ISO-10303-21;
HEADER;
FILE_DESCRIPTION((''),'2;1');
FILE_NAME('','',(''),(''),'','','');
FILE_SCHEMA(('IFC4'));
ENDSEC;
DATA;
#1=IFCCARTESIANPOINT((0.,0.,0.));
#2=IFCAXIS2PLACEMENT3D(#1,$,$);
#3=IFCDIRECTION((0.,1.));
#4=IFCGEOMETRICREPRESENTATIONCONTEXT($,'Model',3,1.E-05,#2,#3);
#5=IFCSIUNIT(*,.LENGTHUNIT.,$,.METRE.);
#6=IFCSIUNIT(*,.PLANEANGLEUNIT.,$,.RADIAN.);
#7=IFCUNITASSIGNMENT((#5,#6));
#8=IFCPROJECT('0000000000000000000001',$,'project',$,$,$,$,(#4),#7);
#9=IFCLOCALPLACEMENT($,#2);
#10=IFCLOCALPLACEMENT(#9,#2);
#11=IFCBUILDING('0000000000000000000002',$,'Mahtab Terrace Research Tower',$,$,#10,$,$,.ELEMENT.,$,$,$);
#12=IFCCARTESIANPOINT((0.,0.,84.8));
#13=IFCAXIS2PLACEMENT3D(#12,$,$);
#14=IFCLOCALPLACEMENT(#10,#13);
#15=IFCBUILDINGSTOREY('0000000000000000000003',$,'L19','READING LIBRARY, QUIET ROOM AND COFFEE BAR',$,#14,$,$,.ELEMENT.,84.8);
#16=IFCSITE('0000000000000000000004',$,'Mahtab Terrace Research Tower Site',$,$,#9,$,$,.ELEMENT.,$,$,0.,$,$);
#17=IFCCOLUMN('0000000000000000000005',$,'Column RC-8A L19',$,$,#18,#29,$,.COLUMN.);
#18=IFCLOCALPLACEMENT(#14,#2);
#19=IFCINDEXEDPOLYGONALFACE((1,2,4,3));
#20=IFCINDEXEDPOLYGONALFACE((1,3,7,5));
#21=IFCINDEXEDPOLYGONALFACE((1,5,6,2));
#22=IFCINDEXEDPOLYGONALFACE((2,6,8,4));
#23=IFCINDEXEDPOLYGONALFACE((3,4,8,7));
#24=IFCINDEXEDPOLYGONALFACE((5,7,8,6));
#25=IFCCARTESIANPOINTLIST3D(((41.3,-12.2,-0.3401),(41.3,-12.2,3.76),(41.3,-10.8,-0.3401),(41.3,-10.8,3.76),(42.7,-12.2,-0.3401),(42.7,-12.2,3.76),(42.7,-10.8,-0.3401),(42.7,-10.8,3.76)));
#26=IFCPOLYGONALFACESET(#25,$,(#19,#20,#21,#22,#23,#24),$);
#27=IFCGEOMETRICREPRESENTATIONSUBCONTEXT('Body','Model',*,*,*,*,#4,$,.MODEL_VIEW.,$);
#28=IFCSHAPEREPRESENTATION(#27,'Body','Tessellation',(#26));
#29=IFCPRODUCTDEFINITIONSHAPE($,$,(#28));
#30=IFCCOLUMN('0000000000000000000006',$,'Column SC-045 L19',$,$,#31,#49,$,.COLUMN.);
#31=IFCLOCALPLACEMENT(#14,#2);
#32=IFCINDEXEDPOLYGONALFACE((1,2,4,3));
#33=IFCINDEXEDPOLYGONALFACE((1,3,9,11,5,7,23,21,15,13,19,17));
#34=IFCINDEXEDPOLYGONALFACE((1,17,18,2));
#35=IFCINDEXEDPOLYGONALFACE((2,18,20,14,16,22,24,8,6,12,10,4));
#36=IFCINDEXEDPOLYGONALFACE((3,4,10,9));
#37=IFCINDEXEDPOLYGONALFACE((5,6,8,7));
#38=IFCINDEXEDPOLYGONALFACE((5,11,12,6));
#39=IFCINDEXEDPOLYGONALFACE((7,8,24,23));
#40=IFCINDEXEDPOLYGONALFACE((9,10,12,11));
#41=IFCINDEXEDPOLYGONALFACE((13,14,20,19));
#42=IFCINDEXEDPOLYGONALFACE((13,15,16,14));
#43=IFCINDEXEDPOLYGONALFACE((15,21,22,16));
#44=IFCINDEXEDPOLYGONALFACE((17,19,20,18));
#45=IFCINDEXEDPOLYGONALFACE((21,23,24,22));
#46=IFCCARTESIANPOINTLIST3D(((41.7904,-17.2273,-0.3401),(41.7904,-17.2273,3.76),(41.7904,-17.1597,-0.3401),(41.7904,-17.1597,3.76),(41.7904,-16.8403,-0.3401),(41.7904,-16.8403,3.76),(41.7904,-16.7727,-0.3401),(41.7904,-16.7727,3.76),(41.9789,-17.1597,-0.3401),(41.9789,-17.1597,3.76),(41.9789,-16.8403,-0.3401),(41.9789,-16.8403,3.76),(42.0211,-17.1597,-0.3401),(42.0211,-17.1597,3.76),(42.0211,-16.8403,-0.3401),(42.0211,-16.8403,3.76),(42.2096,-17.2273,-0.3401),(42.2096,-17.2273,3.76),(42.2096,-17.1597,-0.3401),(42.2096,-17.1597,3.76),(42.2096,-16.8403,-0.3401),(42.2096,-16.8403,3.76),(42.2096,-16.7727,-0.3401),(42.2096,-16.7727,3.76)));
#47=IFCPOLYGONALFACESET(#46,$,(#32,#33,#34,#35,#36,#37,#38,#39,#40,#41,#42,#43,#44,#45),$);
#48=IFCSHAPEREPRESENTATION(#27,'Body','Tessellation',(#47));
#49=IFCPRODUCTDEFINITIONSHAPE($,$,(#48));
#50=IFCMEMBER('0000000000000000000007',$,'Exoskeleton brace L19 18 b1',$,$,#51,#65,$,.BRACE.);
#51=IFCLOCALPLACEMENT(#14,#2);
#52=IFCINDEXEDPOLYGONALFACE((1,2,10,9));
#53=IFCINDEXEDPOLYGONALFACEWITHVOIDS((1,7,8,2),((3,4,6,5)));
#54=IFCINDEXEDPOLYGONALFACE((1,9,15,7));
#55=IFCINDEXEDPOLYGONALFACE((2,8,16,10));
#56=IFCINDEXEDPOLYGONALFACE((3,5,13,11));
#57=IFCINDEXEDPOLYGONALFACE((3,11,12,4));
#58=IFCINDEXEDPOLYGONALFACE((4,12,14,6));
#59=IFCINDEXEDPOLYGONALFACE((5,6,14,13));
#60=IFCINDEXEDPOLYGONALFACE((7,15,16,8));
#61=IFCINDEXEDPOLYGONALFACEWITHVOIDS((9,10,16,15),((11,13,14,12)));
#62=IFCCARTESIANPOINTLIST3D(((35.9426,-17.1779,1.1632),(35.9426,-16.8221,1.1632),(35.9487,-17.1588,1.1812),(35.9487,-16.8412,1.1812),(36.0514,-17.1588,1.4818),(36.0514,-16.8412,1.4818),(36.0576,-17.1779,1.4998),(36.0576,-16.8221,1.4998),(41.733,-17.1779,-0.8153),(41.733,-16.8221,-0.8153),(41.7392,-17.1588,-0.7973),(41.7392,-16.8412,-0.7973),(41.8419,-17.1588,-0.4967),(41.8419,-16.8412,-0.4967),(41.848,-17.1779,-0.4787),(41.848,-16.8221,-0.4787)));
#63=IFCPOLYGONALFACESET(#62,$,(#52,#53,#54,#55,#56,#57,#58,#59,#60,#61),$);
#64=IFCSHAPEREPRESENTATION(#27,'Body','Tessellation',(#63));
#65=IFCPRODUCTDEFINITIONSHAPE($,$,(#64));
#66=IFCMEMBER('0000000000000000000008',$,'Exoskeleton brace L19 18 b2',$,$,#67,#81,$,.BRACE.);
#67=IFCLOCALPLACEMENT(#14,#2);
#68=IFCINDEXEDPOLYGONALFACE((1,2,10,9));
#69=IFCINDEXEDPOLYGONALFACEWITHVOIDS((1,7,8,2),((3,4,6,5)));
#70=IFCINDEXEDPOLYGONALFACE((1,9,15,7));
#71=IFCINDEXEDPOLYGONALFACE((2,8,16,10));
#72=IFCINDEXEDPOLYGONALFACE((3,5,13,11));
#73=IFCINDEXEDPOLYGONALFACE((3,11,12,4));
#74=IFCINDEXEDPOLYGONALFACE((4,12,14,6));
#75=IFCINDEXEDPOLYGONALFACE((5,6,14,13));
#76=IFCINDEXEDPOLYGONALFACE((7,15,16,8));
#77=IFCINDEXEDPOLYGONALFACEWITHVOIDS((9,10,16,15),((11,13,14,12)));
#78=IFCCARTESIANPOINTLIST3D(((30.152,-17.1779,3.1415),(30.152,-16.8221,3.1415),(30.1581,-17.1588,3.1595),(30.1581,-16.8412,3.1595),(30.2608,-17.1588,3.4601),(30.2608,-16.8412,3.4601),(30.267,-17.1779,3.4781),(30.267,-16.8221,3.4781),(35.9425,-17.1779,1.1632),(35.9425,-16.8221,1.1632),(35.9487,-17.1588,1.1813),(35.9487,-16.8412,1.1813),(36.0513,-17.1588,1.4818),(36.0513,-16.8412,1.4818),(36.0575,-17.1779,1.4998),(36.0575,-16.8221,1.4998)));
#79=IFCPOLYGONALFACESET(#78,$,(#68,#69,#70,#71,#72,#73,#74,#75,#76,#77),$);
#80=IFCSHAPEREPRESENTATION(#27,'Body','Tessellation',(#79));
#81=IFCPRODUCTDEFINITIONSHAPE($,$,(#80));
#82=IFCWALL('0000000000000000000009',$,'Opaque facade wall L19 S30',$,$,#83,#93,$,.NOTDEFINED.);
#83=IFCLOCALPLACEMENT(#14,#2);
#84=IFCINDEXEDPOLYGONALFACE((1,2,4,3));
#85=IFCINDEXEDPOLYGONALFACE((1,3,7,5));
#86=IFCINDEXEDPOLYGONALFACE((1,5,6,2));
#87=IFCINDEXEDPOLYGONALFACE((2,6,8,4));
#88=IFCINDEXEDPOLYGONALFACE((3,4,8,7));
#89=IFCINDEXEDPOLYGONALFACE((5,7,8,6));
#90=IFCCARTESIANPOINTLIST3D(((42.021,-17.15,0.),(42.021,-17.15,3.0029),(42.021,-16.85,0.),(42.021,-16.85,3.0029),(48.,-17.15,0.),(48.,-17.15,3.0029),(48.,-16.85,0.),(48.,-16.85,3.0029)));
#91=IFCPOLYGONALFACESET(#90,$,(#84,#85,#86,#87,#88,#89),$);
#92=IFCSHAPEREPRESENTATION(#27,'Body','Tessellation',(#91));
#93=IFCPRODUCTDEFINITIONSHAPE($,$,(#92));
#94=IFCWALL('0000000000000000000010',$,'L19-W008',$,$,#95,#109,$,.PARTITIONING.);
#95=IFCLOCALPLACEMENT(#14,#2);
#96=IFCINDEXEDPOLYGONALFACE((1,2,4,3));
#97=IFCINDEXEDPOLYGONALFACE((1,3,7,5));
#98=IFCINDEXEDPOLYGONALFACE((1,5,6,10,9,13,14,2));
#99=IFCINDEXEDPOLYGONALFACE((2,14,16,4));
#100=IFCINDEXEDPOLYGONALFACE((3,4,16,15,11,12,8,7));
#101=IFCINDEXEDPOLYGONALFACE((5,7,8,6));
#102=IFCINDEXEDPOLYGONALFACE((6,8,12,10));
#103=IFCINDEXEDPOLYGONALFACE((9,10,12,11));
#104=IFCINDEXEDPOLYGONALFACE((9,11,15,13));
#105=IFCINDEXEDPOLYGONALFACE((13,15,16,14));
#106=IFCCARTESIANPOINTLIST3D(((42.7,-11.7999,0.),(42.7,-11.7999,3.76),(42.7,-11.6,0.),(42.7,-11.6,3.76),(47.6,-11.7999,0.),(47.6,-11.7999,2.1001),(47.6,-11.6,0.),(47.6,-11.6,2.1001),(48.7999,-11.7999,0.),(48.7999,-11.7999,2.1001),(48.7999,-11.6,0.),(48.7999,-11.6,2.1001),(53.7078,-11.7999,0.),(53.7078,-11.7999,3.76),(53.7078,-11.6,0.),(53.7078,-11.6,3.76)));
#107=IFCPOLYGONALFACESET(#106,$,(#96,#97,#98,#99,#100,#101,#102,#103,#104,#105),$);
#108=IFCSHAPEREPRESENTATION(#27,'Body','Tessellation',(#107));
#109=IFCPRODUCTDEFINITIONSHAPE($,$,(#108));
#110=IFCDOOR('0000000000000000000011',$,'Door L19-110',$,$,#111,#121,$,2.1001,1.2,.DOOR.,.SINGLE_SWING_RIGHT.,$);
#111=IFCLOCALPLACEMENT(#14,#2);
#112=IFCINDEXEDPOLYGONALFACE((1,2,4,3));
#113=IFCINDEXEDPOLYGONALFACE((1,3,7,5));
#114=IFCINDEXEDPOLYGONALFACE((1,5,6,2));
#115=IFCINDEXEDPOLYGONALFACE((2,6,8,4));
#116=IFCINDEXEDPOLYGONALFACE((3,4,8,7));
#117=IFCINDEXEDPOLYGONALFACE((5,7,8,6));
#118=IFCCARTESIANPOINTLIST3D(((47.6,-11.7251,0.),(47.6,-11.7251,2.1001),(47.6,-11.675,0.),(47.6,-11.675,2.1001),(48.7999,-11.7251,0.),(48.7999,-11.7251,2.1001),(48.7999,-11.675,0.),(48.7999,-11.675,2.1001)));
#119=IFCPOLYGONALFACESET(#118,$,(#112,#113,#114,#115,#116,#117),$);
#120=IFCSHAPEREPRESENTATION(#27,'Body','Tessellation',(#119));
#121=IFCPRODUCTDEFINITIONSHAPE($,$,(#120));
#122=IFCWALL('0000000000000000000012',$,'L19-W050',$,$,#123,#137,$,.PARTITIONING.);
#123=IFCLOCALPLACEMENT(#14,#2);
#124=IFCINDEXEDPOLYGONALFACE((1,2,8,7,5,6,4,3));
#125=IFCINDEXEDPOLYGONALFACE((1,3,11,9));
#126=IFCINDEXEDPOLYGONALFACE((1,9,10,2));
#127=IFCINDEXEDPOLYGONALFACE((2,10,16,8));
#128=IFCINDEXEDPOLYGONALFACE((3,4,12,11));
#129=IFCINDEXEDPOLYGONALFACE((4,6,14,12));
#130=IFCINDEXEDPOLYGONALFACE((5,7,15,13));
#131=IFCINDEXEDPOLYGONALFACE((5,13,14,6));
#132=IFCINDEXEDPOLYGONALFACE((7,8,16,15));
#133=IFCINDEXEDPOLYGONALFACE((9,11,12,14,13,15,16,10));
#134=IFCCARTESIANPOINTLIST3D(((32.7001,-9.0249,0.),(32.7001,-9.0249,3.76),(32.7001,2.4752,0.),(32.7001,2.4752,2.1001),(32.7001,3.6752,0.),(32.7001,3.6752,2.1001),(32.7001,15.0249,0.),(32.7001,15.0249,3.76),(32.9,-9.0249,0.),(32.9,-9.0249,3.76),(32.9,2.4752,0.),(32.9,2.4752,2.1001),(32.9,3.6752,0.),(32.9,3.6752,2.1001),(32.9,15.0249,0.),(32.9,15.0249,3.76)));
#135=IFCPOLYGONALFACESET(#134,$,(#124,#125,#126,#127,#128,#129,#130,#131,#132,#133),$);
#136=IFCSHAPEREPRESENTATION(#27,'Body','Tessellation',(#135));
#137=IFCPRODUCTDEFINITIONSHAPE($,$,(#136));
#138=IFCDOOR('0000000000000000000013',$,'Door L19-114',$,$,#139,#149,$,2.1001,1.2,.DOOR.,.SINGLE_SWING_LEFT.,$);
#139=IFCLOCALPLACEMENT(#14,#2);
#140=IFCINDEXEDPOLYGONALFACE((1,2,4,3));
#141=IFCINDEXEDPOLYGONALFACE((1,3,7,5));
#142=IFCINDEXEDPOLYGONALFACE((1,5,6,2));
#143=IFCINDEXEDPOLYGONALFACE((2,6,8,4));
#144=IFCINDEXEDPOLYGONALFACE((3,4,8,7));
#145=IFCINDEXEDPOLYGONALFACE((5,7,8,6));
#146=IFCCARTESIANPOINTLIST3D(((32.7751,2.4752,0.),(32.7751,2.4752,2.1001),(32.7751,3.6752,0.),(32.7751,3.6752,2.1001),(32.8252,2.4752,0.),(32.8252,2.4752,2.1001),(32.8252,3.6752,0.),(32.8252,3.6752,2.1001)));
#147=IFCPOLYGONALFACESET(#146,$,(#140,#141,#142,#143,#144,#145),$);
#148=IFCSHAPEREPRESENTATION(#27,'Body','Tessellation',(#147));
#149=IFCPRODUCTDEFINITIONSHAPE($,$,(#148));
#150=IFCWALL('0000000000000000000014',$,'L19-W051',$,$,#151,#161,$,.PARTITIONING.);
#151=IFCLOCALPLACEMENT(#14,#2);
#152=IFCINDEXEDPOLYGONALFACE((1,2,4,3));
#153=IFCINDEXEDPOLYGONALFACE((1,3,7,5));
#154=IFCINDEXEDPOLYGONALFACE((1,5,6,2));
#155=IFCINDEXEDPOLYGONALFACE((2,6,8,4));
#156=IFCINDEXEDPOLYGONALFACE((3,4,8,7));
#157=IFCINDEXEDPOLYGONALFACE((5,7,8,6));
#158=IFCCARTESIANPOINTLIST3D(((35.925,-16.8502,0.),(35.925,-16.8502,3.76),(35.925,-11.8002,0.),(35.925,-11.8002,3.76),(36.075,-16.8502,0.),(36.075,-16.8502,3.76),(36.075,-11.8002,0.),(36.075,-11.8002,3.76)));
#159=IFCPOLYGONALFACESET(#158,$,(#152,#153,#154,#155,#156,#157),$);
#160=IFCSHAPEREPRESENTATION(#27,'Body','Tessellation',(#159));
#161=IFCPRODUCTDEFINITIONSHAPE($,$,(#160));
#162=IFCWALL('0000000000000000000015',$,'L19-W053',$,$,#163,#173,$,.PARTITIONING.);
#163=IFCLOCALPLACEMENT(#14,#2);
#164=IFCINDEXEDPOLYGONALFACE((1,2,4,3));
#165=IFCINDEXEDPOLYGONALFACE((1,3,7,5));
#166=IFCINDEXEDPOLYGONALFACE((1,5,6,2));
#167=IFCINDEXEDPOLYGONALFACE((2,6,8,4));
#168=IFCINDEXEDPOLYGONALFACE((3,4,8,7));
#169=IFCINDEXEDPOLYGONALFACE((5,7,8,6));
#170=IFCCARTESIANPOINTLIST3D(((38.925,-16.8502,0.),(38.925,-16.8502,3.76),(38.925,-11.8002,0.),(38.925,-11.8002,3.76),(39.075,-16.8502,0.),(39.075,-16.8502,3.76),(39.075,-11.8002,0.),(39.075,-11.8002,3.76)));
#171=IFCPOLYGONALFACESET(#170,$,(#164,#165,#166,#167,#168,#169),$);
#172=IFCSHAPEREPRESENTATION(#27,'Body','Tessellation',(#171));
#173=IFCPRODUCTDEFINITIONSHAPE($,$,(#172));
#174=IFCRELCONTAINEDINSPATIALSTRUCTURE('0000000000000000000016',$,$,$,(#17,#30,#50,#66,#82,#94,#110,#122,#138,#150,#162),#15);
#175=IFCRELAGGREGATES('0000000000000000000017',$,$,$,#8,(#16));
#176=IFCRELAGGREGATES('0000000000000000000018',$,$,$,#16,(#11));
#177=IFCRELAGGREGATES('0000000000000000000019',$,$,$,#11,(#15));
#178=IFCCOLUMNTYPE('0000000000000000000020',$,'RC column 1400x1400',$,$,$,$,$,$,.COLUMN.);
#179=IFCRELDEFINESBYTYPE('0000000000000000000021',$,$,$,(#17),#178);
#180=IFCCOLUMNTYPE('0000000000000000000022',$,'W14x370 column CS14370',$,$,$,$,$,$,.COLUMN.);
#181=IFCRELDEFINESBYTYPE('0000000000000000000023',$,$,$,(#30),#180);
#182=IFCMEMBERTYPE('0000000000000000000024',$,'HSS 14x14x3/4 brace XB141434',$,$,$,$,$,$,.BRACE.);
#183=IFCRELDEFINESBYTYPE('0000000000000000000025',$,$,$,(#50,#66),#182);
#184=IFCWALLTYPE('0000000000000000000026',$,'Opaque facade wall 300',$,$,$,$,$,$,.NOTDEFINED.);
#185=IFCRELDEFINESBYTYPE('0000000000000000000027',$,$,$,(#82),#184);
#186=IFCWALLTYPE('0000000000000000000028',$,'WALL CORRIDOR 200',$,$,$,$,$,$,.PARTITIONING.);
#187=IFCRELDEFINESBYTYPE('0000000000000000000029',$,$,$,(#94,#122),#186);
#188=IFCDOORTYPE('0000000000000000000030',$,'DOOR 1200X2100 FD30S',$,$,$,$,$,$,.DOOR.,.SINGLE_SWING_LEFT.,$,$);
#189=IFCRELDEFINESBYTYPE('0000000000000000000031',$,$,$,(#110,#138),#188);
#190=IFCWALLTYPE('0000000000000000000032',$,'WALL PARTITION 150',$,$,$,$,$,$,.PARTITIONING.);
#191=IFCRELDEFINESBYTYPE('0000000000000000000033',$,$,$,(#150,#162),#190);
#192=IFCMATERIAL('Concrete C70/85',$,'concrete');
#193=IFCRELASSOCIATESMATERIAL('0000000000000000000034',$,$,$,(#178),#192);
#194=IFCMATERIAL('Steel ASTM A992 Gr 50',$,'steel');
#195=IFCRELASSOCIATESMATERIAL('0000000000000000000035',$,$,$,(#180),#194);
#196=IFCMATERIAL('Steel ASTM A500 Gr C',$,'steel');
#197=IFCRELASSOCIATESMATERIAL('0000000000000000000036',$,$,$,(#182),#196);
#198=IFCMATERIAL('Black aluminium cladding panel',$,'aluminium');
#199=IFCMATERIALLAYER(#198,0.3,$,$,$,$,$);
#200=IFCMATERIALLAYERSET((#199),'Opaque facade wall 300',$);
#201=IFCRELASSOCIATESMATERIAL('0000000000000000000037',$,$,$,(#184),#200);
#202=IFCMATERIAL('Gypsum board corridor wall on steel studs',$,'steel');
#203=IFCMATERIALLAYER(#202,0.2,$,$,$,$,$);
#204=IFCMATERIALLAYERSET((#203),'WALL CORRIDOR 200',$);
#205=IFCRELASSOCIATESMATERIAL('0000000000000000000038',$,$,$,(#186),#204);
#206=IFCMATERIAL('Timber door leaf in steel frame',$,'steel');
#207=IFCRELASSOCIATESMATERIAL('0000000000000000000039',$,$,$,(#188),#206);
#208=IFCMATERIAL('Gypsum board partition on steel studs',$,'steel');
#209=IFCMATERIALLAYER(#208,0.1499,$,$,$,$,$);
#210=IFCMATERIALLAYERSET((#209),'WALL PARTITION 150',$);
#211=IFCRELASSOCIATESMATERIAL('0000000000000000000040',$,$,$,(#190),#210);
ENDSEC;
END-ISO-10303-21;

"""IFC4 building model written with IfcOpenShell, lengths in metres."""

from ifc_helpers import new_model, si_unit, direction, frame, frame_2d, origin, origin_2d, place, context, subcontext, project, spatial, rectangle, hollow_rectangle, i_section, extrude, material, layer, layer_set, material_profile, profile_set, type_object, element, fill, save


model = new_model("IFC4")

# Units and contexts
model_context = context("Model", 3, precision=1e-05, world=origin(), true_north=direction((0.0, 1.0)))
body_context = subcontext(model_context, "Body", "Model", "MODEL_VIEW")
ifc_project = project(units=[si_unit("LENGTHUNIT", "METRE"), si_unit("PLANEANGLEUNIT", "RADIAN")], contexts=[model_context])

# Site, building, storey
site_placement = place(None, origin())
site = spatial("IfcSite", under=ifc_project, at=site_placement, Name="Mahtab Terrace Research Tower Site", CompositionType="ELEMENT", RefElevation=0.0)
building_placement = place(site_placement, origin())
building = spatial("IfcBuilding", under=site, at=building_placement, Name="Mahtab Terrace Research Tower", CompositionType="ELEMENT")
storey_placement = place(building_placement, frame((0.0, 0.0, 84.8)))
storey = spatial("IfcBuildingStorey", under=building, at=storey_placement, Name="L19", Description="READING LIBRARY, QUIET ROOM AND COFFEE BAR", CompositionType="ELEMENT", Elevation=84.8)

# Columns
ifc_material_1 = material(Name="Concrete C70/85", Category="concrete")
ifc_material_profile_1 = material_profile(ifc_material_1, rectangle(XDim=1.3999, YDim=1.3999, at=origin_2d()), Name="RC column 1400x1400")
ifc_profile_set_1 = profile_set([ifc_material_profile_1], Name="Concrete C70/85")
column_type_1 = type_object("IfcColumnType", Name="RC column 1400x1400", PredefinedType="COLUMN", material=ifc_profile_set_1)
column_1_placement = place(storey_placement, frame((42.0, -11.5, -0.3401), z_axis=(0.0, 0.0, 1.0), x_axis=(1.0, 0.0, 0.0)))
element("IfcColumn", 1, at=column_1_placement, inside=storey, type_object=column_type_1, Name="Column RC-8A L19", PredefinedType="COLUMN", context=body_context, shape_type="SweptSolid", body=[
    extrude(rectangle(XDim=1.3999, YDim=1.3999, at=origin_2d()), origin(), (0.0, 0.0, 1.0), 4.1001),
])
ifc_material_2 = material(Name="Steel ASTM A992 Gr 50", Category="steel")
ifc_material_profile_2 = material_profile(ifc_material_2, i_section(OverallWidth=0.4192, OverallDepth=0.4546, WebThickness=0.0422, FlangeThickness=0.0676, at=origin_2d()), Name="W14X370")
ifc_profile_set_2 = profile_set([ifc_material_profile_2], Name="Steel ASTM A992 Gr 50")
column_type_2 = type_object("IfcColumnType", Name="W14x370 column CS14370", PredefinedType="COLUMN", material=ifc_profile_set_2)
column_2_placement = place(storey_placement, frame((42.0, -17.0, -0.3401), z_axis=(0.0, 0.0, 1.0), x_axis=(1.0, 0.0, 0.0)))
element("IfcColumn", 2, at=column_2_placement, inside=storey, type_object=column_type_2, Name="Column SC-045 L19", PredefinedType="COLUMN", context=body_context, shape_type="SweptSolid", body=[
    extrude(i_section(OverallWidth=0.4192, OverallDepth=0.4546, WebThickness=0.0422, FlangeThickness=0.0676, at=origin_2d()), origin(), (0.0, 0.0, 1.0), 4.1001),
])

# Members
ifc_material_3 = material(Name="Steel ASTM A500 Gr C", Category="steel")
ifc_material_profile_3 = material_profile(ifc_material_3, hollow_rectangle(XDim=0.3557, YDim=0.3557, WallThickness=0.019, at=origin_2d()), Name="HSS14X14X3/4")
ifc_profile_set_3 = profile_set([ifc_material_profile_3], Name="Steel ASTM A500 Gr C")
member_type = type_object("IfcMemberType", Name="HSS 14x14x3/4 brace XB141434", PredefinedType="BRACE", material=ifc_profile_set_3)
for number, where, z_axis, x_axis, name in (
    (3, (41.7905, -17.0, -0.647), (-0.946287, 0.0, 0.323329), (0.0, -1.0, 0.0), "Exoskeleton brace L19 18 b1"),
    (4, (36.0, -17.0, 1.3315), (-0.946299, 0.0, 0.323293), (0.0, -1.0, 0.0), "Exoskeleton brace L19 18 b2"),
):
    element("IfcMember", number, at=place(storey_placement, frame(where, z_axis=z_axis, x_axis=x_axis)), inside=storey, type_object=member_type, Name=name, PredefinedType="BRACE", context=body_context, shape_type="SweptSolid", body=[
        extrude(hollow_rectangle(XDim=0.3557, YDim=0.3557, WallThickness=0.019, at=origin_2d()), origin(), (0.0, 0.0, 1.0), 6.1191),
    ])

# Wall
ifc_material_4 = material(Name="Black aluminium cladding panel", Category="aluminium")
ifc_layer_1 = layer(ifc_material_4, 0.3)
ifc_layer_set_1 = layer_set([ifc_layer_1], Name="Opaque facade wall 300")
wall_type_1 = type_object("IfcWallType", Name="Opaque facade wall 300", PredefinedType="NOTDEFINED", material=ifc_layer_set_1)
wall_1_placement = place(storey_placement, frame((42.021, -17.0, 0.0), z_axis=(0.0, 0.0, 1.0), x_axis=(1.0, 0.0, 0.0)))
element("IfcWall", 5, at=wall_1_placement, inside=storey, type_object=wall_type_1, Name="Opaque facade wall L19 S30", PredefinedType="NOTDEFINED", context=body_context, shape_type="SweptSolid", body=[
    extrude(rectangle(XDim=5.979, YDim=0.3, at=frame_2d((2.9895, 0.0))), origin(), (0.0, 0.0, 1.0), 3.0029),
])

# Walls, openings, doors
ifc_material_5 = material(Name="Gypsum board corridor wall on steel studs", Category="steel")
ifc_layer_2 = layer(ifc_material_5, 0.2)
ifc_layer_set_2 = layer_set([ifc_layer_2], Name="WALL CORRIDOR 200")
wall_type_2 = type_object("IfcWallType", Name="WALL CORRIDOR 200", PredefinedType="PARTITIONING", material=ifc_layer_set_2)
wall_2_placement = place(storey_placement, frame((42.7, -11.7, 0.0), z_axis=(0.0, 0.0, 1.0), x_axis=(1.0, 0.0, 0.0)))
wall_2 = element("IfcWall", 6, at=wall_2_placement, inside=storey, type_object=wall_type_2, Name="L19-W008", PredefinedType="PARTITIONING", context=body_context, shape_type="SweptSolid", body=[
    extrude(rectangle(XDim=11.0078, YDim=0.2, at=frame_2d((5.5039, 0.0))), origin(), (0.0, 0.0, 1.0), 3.76),
])
opening_1_placement = place(wall_2_placement, frame((4.8999, 0.0, 0.0)))
opening_1 = element("IfcOpeningElement", 7, at=opening_1_placement, cuts=wall_2, PredefinedType="OPENING", context=body_context, shape_type="SweptSolid", body=[
    extrude(rectangle(XDim=1.2, YDim=2.1001, at=frame_2d((0.6001, 1.05))), frame((0.0, 0.1099, 0.0), z_axis=(0.0, -1.0, 0.0), x_axis=(1.0, 0.0, 0.0)), (0.0, 0.0, 1.0), 0.22),
])
ifc_material_6 = material(Name="Timber door leaf in steel frame", Category="steel")
door_type = type_object("IfcDoorType", Name="DOOR 1200X2100 FD30S", OperationType="SINGLE_SWING_LEFT", PredefinedType="DOOR", material=ifc_material_6)
door_1_placement = place(opening_1_placement, origin())
door_1 = element("IfcDoor", 8, at=door_1_placement, inside=storey, type_object=door_type, Name="Door L19-110", OperationType="SINGLE_SWING_RIGHT", OverallHeight=2.1001, OverallWidth=1.2, PredefinedType="DOOR", context=body_context, shape_type="SweptSolid", body=[
    extrude(rectangle(XDim=1.2, YDim=2.1001, at=frame_2d((0.6001, 1.05))), frame((0.0, 0.0249, 0.0), z_axis=(0.0, -1.0, 0.0), x_axis=(1.0, 0.0, 0.0)), (0.0, 0.0, 1.0), 0.05),
])
fill(opening_1, door_1)
wall_3_placement = place(storey_placement, frame((32.8, -9.0249, 0.0), z_axis=(0.0, 0.0, 1.0), x_axis=(0.0, 1.0, 0.0)))
wall_3 = element("IfcWall", 9, at=wall_3_placement, inside=storey, type_object=wall_type_2, Name="L19-W050", PredefinedType="PARTITIONING", context=body_context, shape_type="SweptSolid", body=[
    extrude(rectangle(XDim=24.0498, YDim=0.2, at=frame_2d((12.0249, 0.0))), origin(), (0.0, 0.0, 1.0), 3.76),
])
opening_2_placement = place(wall_3_placement, frame((11.5, 0.0, 0.0)))
opening_2 = element("IfcOpeningElement", 10, at=opening_2_placement, cuts=wall_3, PredefinedType="OPENING", context=body_context, shape_type="SweptSolid", body=[
    extrude(rectangle(XDim=1.2, YDim=2.1001, at=frame_2d((0.6001, 1.05))), frame((0.0, 0.1099, 0.0), z_axis=(0.0, -1.0, 0.0), x_axis=(1.0, 0.0, 0.0)), (0.0, 0.0, 1.0), 0.22),
])
door_2_placement = place(opening_2_placement, origin())
door_2 = element("IfcDoor", 11, at=door_2_placement, inside=storey, type_object=door_type, Name="Door L19-114", OperationType="SINGLE_SWING_LEFT", OverallHeight=2.1001, OverallWidth=1.2, PredefinedType="DOOR", context=body_context, shape_type="SweptSolid", body=[
    extrude(rectangle(XDim=1.2, YDim=2.1001, at=frame_2d((0.6001, 1.05))), frame((0.0, 0.0249, 0.0), z_axis=(0.0, -1.0, 0.0), x_axis=(1.0, 0.0, 0.0)), (0.0, 0.0, 1.0), 0.05),
])
fill(opening_2, door_2)

# Walls
ifc_material_7 = material(Name="Gypsum board partition on steel studs", Category="steel")
ifc_layer_3 = layer(ifc_material_7, 0.1499)
ifc_layer_set_3 = layer_set([ifc_layer_3], Name="WALL PARTITION 150")
wall_type_3 = type_object("IfcWallType", Name="WALL PARTITION 150", PredefinedType="PARTITIONING", material=ifc_layer_set_3)
for number, where, z_axis, x_axis, name in (
    (12, (36.0, -16.8501, 0.0), (0.0, 0.0, 1.0), (0.0, 1.0, 0.0), "L19-W051"),
    (13, (39.0, -16.8501, 0.0), (0.0, 0.0, 1.0), (0.0, 1.0, 0.0), "L19-W053"),
):
    element("IfcWall", number, at=place(storey_placement, frame(where, z_axis=z_axis, x_axis=x_axis)), inside=storey, type_object=wall_type_3, Name=name, PredefinedType="PARTITIONING", context=body_context, shape_type="SweptSolid", body=[
        extrude(rectangle(XDim=5.05, YDim=0.1499, at=frame_2d((2.5249, 0.0))), origin(), (0.0, 0.0, 1.0), 3.76),
    ])

save(model, "model.ifc")
